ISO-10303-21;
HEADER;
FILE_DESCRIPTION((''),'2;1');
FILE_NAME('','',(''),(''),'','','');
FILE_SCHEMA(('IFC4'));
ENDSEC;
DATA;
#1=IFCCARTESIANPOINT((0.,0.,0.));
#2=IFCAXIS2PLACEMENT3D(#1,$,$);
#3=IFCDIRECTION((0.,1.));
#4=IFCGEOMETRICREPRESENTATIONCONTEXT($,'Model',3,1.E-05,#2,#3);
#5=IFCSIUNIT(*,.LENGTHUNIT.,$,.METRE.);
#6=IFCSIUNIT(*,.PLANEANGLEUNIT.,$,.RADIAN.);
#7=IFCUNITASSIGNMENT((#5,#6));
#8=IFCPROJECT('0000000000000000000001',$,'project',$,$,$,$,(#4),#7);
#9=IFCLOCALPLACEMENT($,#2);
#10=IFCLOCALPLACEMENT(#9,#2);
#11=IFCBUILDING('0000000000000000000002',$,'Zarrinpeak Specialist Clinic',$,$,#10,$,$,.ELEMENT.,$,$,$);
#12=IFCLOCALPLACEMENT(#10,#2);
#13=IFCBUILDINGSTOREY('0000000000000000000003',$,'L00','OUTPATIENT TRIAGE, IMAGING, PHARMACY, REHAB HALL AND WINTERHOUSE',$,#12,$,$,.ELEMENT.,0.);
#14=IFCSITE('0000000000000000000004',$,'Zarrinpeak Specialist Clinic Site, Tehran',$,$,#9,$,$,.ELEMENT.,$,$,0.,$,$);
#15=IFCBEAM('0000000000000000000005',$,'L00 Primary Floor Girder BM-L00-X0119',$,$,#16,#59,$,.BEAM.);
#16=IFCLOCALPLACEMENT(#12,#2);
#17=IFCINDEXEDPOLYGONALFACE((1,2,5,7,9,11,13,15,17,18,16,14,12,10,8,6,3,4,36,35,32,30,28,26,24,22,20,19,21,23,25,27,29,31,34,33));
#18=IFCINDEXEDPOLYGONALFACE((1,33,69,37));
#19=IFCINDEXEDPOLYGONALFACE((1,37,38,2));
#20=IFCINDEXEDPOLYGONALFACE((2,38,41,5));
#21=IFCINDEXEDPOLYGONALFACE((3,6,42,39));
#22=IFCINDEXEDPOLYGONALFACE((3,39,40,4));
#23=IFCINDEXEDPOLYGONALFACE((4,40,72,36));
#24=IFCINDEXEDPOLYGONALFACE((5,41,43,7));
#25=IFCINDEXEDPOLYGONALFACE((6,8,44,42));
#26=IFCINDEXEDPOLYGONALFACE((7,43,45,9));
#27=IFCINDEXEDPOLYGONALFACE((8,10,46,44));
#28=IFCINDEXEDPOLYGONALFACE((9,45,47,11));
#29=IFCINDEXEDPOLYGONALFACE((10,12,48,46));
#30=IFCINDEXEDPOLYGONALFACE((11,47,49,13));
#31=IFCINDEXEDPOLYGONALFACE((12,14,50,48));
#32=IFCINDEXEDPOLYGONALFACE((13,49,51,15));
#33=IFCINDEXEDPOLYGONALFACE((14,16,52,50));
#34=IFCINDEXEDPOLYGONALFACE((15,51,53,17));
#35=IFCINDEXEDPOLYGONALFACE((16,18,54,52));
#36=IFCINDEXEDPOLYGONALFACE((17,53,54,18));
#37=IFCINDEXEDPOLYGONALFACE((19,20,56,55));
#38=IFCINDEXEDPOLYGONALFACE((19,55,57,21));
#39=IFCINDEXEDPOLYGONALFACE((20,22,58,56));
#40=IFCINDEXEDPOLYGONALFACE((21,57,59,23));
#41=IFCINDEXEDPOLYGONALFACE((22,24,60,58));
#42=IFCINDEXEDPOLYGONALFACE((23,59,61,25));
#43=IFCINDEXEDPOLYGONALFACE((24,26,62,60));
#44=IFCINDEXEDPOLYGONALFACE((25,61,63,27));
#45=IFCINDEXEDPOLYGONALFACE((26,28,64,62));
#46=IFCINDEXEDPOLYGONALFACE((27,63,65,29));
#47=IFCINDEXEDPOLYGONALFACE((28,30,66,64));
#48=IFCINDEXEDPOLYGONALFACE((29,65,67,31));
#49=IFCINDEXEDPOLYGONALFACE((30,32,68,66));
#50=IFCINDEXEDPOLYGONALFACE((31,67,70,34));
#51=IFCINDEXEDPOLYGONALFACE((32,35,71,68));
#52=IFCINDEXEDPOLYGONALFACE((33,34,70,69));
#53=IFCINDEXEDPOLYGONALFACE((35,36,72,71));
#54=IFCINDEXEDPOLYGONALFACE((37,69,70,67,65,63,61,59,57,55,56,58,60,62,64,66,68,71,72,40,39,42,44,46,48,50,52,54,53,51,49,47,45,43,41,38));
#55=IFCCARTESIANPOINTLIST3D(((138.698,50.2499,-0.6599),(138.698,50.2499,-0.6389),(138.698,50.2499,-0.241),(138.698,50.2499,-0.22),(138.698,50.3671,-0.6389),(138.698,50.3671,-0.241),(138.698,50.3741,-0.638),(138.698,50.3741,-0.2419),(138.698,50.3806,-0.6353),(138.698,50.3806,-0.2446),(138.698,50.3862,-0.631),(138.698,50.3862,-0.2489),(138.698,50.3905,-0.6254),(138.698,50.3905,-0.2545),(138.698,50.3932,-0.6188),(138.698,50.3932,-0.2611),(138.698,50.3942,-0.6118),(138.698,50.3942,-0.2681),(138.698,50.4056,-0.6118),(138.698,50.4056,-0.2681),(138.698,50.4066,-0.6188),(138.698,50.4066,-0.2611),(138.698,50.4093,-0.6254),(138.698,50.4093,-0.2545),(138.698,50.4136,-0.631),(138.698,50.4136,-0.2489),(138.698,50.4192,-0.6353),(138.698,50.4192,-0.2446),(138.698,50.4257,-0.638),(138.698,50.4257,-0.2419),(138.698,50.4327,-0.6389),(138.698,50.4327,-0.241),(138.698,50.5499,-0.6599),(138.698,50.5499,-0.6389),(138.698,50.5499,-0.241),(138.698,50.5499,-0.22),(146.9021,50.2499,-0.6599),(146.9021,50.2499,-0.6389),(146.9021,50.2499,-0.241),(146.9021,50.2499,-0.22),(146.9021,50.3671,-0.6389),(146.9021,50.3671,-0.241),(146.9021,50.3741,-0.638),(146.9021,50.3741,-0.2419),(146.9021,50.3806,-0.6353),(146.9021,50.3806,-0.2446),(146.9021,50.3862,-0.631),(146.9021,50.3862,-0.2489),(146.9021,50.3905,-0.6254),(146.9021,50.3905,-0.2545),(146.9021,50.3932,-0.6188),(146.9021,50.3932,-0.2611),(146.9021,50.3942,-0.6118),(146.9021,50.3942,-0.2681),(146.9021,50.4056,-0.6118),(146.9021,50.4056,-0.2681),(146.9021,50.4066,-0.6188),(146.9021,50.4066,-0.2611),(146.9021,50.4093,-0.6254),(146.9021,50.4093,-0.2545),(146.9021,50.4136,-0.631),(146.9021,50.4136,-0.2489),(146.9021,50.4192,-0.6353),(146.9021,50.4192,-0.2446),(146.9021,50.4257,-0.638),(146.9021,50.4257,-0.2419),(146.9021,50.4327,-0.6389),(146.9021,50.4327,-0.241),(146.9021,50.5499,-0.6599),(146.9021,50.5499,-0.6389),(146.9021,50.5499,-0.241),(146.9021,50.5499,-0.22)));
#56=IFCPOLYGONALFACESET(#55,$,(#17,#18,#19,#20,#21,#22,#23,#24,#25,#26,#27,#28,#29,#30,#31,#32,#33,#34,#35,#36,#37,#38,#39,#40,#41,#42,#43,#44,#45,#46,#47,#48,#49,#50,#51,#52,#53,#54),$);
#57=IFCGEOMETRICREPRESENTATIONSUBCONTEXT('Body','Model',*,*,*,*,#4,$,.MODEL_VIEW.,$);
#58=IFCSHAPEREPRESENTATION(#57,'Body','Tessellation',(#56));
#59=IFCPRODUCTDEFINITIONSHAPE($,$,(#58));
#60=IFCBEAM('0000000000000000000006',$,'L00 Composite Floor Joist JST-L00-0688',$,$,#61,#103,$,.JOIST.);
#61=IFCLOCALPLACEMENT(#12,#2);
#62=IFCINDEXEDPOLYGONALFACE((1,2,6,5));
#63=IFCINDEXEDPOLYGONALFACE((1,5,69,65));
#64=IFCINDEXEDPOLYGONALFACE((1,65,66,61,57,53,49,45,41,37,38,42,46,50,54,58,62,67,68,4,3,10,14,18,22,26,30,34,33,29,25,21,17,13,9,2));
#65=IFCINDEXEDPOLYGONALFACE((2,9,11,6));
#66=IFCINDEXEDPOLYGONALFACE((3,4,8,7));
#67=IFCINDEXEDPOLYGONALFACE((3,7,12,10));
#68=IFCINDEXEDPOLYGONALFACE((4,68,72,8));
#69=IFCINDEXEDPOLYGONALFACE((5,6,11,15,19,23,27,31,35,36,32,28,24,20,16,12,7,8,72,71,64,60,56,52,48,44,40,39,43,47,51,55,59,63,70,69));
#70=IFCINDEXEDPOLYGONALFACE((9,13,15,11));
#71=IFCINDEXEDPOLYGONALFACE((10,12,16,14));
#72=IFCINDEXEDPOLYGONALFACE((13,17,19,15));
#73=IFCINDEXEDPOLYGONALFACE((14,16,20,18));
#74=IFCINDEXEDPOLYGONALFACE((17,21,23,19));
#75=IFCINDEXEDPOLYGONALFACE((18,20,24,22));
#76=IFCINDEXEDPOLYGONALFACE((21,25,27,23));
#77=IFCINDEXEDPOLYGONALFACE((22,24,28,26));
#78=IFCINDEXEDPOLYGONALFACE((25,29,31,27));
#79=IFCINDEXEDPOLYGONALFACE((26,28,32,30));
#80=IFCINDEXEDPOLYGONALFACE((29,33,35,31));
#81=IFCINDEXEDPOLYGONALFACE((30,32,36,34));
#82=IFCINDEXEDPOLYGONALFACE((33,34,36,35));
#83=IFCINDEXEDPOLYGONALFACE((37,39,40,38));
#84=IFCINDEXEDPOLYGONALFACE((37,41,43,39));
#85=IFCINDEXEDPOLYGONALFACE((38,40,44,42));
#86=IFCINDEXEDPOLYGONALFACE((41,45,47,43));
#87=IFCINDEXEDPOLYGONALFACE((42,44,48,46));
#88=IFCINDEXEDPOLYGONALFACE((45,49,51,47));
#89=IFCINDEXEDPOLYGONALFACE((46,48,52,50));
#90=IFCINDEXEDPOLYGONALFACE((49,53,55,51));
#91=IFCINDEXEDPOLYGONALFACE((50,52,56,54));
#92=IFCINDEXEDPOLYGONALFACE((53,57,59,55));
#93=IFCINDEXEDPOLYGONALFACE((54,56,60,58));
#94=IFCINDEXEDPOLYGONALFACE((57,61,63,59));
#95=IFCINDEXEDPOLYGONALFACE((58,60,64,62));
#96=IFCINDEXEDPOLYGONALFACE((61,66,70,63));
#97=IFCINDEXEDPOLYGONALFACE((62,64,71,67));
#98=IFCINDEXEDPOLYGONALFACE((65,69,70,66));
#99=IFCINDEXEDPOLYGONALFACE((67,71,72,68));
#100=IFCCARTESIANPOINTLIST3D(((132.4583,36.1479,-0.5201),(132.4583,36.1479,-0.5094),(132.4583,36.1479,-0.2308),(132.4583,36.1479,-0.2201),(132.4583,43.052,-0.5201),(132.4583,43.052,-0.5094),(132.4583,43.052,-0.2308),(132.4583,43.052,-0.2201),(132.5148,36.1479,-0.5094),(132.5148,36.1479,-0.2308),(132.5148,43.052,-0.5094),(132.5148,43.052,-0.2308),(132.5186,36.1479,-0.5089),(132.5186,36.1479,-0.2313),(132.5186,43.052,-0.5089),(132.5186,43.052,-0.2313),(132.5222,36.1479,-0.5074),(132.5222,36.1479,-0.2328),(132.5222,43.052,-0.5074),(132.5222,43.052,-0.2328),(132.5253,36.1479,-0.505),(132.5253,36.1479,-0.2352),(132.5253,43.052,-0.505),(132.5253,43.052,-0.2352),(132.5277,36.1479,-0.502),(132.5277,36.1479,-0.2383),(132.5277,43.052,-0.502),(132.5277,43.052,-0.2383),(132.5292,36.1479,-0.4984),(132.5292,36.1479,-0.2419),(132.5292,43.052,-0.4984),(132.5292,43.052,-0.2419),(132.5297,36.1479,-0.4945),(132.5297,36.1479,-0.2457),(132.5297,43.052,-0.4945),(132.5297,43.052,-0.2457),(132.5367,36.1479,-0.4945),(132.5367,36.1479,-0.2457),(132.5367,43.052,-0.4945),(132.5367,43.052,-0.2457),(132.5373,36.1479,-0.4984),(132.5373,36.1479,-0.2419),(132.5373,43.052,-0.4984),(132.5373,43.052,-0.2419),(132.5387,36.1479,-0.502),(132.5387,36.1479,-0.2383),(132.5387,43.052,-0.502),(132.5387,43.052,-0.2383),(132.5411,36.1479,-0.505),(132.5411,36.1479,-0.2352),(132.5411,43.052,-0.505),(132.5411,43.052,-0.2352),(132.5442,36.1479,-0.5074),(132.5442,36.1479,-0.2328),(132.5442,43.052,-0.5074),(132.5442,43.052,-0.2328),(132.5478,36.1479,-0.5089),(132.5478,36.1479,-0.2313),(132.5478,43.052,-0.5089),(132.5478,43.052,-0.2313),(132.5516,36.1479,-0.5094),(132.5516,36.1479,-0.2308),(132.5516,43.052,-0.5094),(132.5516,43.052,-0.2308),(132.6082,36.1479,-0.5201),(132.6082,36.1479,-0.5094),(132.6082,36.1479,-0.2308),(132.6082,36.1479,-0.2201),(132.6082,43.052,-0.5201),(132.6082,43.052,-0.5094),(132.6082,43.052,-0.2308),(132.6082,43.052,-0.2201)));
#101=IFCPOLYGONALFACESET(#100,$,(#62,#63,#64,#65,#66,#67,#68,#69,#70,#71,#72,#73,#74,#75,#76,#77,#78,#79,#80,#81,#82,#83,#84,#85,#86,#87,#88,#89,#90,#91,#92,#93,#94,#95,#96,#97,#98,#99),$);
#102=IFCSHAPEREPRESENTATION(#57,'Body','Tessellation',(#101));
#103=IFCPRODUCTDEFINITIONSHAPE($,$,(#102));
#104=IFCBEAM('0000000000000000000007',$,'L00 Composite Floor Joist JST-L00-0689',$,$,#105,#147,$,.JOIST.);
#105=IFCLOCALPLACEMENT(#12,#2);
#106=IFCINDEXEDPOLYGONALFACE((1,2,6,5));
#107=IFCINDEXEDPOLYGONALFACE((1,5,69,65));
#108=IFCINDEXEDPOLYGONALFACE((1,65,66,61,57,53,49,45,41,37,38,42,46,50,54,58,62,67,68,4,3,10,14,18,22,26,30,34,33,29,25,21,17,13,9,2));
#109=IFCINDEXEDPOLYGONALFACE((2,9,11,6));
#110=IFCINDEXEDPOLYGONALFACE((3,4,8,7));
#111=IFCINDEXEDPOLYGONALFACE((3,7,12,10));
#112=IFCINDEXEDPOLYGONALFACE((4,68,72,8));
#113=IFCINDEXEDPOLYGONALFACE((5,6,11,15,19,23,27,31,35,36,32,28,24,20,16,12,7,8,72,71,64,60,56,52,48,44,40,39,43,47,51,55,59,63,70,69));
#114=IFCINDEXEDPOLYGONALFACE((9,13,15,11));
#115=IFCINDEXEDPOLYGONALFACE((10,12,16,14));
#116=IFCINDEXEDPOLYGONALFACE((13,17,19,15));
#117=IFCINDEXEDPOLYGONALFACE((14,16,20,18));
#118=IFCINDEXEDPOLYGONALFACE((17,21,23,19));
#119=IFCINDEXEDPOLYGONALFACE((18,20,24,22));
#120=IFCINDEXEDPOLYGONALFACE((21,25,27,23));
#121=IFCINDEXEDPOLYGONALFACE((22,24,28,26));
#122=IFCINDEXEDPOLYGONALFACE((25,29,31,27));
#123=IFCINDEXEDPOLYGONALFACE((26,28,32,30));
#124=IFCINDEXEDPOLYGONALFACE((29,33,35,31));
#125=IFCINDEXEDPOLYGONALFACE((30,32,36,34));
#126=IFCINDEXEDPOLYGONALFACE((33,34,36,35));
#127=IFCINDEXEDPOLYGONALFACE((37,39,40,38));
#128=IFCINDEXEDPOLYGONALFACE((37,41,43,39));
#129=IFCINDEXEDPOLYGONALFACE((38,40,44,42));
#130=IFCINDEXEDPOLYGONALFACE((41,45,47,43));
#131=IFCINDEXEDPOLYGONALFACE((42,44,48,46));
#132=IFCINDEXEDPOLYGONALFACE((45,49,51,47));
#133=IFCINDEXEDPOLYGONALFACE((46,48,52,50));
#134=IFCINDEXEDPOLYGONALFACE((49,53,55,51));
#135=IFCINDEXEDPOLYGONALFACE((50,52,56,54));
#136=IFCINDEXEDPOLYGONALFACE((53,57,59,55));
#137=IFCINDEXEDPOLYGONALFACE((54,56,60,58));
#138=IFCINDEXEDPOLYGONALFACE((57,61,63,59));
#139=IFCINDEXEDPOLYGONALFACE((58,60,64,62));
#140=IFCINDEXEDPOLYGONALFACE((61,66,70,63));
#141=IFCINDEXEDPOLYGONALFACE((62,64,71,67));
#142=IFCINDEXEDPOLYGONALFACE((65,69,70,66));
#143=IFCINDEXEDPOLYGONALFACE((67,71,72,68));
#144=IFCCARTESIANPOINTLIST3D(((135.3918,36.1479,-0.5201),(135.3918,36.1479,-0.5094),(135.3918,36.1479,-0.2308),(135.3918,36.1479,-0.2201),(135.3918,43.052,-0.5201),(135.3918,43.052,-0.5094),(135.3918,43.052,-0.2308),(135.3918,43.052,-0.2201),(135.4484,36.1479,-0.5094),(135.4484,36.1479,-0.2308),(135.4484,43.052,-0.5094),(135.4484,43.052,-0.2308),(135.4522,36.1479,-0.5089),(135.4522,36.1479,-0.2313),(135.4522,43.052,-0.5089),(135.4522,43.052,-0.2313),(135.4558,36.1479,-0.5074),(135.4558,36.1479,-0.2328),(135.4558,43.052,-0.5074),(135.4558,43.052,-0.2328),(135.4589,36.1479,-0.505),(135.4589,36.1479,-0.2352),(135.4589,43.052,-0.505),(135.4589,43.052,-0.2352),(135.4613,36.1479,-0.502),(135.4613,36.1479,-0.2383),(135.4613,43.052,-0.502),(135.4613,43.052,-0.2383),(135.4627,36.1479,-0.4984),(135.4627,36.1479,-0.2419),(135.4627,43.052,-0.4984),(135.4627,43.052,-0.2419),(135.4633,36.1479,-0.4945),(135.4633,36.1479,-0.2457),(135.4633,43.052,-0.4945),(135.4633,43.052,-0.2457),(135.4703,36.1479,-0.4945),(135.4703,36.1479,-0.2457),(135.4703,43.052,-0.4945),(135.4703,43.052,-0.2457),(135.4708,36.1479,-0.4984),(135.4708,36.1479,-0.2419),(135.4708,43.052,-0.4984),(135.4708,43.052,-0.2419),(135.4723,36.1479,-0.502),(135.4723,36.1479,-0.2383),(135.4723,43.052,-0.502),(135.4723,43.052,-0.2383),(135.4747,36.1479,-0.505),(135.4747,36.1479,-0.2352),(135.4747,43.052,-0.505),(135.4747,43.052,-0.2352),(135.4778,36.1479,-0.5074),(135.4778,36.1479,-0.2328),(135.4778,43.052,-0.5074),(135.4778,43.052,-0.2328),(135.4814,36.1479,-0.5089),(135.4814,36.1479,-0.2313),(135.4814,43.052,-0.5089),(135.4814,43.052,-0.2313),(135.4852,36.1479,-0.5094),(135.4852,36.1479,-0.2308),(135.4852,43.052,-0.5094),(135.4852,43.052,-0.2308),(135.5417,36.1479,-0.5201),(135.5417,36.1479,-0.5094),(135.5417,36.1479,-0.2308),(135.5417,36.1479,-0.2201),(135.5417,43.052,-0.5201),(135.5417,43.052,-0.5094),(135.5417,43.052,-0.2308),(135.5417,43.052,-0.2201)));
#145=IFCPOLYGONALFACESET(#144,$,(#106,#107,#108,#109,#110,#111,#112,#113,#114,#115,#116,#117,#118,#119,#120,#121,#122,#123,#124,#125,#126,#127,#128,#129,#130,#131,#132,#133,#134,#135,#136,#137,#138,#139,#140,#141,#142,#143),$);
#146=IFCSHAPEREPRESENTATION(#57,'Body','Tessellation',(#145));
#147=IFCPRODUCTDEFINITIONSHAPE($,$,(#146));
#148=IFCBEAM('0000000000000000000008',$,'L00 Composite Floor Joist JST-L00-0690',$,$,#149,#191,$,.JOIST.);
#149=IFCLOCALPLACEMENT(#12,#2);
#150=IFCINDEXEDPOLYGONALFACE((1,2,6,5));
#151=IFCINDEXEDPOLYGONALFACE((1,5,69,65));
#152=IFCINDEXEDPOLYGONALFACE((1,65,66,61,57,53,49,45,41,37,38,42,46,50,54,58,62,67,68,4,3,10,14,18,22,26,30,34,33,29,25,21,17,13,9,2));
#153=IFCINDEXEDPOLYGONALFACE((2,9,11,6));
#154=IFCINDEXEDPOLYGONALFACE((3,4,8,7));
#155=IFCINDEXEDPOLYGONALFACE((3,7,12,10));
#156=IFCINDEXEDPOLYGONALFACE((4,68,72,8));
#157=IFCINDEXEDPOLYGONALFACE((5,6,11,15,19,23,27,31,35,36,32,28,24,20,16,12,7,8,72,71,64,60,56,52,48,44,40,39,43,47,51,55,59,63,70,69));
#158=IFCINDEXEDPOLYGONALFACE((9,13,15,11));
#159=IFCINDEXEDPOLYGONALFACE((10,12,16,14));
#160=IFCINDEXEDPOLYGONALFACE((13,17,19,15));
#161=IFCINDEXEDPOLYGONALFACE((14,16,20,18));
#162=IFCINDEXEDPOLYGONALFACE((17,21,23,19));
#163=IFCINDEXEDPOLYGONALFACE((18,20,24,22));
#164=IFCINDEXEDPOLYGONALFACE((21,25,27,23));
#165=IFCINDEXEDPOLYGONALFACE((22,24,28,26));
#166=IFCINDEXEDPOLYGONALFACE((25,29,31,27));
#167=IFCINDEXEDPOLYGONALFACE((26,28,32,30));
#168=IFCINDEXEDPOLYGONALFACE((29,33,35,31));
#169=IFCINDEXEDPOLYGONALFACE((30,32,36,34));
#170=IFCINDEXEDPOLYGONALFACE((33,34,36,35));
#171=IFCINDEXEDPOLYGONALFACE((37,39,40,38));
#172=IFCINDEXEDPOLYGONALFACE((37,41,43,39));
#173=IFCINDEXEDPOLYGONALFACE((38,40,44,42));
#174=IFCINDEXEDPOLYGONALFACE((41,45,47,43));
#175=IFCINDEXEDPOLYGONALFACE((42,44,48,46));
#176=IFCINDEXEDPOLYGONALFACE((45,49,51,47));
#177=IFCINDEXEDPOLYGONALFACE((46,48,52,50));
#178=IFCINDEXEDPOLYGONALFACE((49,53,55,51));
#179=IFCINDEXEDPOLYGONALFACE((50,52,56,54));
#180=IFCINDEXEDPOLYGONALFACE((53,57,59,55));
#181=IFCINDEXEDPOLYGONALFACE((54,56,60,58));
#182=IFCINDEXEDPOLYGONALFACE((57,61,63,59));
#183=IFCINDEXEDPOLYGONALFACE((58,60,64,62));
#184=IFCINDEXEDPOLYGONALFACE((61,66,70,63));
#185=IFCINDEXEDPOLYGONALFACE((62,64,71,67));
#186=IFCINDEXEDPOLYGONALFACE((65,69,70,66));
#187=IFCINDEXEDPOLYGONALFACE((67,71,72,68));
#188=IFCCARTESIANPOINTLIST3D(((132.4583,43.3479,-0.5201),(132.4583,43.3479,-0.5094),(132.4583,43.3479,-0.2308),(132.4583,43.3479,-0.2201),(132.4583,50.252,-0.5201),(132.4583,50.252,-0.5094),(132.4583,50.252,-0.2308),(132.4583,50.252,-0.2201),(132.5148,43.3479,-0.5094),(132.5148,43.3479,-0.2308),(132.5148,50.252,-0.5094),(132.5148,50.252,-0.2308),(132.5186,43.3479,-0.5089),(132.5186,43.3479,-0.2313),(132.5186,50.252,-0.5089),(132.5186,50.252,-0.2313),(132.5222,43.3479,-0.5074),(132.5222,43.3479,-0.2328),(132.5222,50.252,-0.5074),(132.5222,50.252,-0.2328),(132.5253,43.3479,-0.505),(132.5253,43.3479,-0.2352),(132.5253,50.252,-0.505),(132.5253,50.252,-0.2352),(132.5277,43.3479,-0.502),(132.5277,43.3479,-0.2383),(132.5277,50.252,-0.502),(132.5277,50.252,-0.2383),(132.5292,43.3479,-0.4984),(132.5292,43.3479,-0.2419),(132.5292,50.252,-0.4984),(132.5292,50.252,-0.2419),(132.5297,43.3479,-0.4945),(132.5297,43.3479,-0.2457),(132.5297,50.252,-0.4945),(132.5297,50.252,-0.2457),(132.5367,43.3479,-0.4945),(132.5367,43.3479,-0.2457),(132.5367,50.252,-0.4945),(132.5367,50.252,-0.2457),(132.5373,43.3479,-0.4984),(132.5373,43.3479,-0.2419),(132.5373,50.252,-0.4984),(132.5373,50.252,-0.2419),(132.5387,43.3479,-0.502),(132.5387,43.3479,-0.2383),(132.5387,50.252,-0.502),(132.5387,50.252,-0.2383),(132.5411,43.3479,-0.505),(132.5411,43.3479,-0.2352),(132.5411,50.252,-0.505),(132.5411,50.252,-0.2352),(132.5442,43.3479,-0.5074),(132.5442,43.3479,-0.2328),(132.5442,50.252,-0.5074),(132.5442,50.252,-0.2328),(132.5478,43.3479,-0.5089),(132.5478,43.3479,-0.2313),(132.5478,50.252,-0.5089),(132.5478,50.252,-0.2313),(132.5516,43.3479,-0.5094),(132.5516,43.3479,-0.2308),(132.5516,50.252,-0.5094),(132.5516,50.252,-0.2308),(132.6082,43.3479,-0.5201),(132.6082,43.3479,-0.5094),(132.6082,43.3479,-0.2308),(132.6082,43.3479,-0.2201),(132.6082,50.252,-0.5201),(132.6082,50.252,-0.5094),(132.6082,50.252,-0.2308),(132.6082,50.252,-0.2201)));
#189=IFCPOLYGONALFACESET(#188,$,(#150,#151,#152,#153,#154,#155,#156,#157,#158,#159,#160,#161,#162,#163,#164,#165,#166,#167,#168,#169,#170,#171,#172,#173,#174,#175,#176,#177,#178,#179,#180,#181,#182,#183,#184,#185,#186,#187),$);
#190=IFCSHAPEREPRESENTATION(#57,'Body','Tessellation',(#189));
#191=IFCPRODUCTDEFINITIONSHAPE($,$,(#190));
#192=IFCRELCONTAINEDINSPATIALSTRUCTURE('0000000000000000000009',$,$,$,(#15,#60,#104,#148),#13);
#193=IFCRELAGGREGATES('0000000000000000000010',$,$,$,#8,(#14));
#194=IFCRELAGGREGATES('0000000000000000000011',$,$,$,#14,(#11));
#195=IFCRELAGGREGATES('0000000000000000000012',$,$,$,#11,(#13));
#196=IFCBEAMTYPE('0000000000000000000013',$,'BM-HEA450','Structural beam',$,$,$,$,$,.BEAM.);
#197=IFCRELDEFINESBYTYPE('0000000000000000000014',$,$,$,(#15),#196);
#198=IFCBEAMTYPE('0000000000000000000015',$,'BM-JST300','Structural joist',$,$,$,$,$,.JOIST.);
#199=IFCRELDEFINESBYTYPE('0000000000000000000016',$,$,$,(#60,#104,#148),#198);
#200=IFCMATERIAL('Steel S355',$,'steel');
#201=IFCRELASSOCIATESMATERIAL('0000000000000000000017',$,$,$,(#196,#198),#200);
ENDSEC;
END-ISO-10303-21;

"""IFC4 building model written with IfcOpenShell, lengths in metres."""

from ifc_helpers import new_model, si_unit, direction, frame, origin, origin_2d, place, context, subcontext, project, spatial, i_section, extrude, material, material_profile, profile_set, type_object, element, save


model = new_model("IFC4")

# Units and contexts
model_context = context("Model", 3, precision=1e-05, world=origin(), true_north=direction((0.0, 1.0)))
body_context = subcontext(model_context, "Body", "Model", "MODEL_VIEW")
ifc_project = project(units=[si_unit("LENGTHUNIT", "METRE"), si_unit("PLANEANGLEUNIT", "RADIAN")], contexts=[model_context])

# Site, building, storey
site_placement = place(None, origin())
site = spatial("IfcSite", under=ifc_project, at=site_placement, Name="Zarrinpeak Specialist Clinic Site, Tehran", CompositionType="ELEMENT", RefElevation=0.0)
building_placement = place(site_placement, origin())
building = spatial("IfcBuilding", under=site, at=building_placement, Name="Zarrinpeak Specialist Clinic", CompositionType="ELEMENT")
storey_placement = place(building_placement, origin())
storey = spatial("IfcBuildingStorey", under=building, at=storey_placement, Name="L00", Description="OUTPATIENT TRIAGE, IMAGING, PHARMACY, REHAB HALL AND WINTERHOUSE", CompositionType="ELEMENT", Elevation=0.0)

# Beams
ifc_material_1 = material(Name="Steel S355", Category="steel")
ifc_material_profile_1 = material_profile(ifc_material_1, i_section(OverallWidth=0.3, OverallDepth=0.4399, WebThickness=0.0115, FlangeThickness=0.021, FilletRadius=0.0271, at=origin_2d()), Name="HEA 450")
ifc_profile_set_1 = profile_set([ifc_material_profile_1], Name="Steel S355")
beam_type_1 = type_object("IfcBeamType", Name="BM-HEA450", Description="Structural beam", PredefinedType="BEAM", material=ifc_profile_set_1)
for number, where, z_axis, x_axis, name in (
    (1, (138.698, 50.3999, -0.4399), (1.0, 0.0, 0.0), (0.0, 1.0, 0.0), "L00 Primary Floor Girder BM-L00-X0119"),
):
    element("IfcBeam", number, at=place(storey_placement, frame(where, z_axis=z_axis, x_axis=x_axis)), inside=storey, type_object=beam_type_1, Name=name, PredefinedType="BEAM", context=body_context, shape_type="SweptSolid", body=[
        extrude(i_section(OverallWidth=0.3, OverallDepth=0.4399, WebThickness=0.0115, FlangeThickness=0.021, FilletRadius=0.0271, at=origin_2d()), origin(), (0.0, 0.0, 1.0), 8.2041),
    ])
ifc_material_profile_2 = material_profile(ifc_material_1, i_section(OverallWidth=0.1499, OverallDepth=0.3, WebThickness=0.0071, FlangeThickness=0.0107, FilletRadius=0.0149, at=origin_2d()), Name="IPE 300")
ifc_profile_set_2 = profile_set([ifc_material_profile_2], Name="Steel S355")
beam_type_2 = type_object("IfcBeamType", Name="BM-JST300", Description="Structural joist", PredefinedType="JOIST", material=ifc_profile_set_2)
for number, where, z_axis, x_axis, name in (
    (2, (132.5332, 36.1479, -0.3701), (0.0, 1.0, 0.0), (-1.0, 0.0, 0.0), "L00 Composite Floor Joist JST-L00-0688"),
    (3, (135.4668, 36.1479, -0.3701), (0.0, 1.0, 0.0), (-1.0, 0.0, 0.0), "L00 Composite Floor Joist JST-L00-0689"),
    (4, (132.5332, 43.3479, -0.3701), (0.0, 1.0, 0.0), (-1.0, 0.0, 0.0), "L00 Composite Floor Joist JST-L00-0690"),
):
    element("IfcBeam", number, at=place(storey_placement, frame(where, z_axis=z_axis, x_axis=x_axis)), inside=storey, type_object=beam_type_2, Name=name, PredefinedType="JOIST", context=body_context, shape_type="SweptSolid", body=[
        extrude(i_section(OverallWidth=0.1499, OverallDepth=0.3, WebThickness=0.0071, FlangeThickness=0.0107, FilletRadius=0.0149, at=origin_2d()), origin(), (0.0, 0.0, 1.0), 6.9041),
    ])

save(model, "model.ifc")
